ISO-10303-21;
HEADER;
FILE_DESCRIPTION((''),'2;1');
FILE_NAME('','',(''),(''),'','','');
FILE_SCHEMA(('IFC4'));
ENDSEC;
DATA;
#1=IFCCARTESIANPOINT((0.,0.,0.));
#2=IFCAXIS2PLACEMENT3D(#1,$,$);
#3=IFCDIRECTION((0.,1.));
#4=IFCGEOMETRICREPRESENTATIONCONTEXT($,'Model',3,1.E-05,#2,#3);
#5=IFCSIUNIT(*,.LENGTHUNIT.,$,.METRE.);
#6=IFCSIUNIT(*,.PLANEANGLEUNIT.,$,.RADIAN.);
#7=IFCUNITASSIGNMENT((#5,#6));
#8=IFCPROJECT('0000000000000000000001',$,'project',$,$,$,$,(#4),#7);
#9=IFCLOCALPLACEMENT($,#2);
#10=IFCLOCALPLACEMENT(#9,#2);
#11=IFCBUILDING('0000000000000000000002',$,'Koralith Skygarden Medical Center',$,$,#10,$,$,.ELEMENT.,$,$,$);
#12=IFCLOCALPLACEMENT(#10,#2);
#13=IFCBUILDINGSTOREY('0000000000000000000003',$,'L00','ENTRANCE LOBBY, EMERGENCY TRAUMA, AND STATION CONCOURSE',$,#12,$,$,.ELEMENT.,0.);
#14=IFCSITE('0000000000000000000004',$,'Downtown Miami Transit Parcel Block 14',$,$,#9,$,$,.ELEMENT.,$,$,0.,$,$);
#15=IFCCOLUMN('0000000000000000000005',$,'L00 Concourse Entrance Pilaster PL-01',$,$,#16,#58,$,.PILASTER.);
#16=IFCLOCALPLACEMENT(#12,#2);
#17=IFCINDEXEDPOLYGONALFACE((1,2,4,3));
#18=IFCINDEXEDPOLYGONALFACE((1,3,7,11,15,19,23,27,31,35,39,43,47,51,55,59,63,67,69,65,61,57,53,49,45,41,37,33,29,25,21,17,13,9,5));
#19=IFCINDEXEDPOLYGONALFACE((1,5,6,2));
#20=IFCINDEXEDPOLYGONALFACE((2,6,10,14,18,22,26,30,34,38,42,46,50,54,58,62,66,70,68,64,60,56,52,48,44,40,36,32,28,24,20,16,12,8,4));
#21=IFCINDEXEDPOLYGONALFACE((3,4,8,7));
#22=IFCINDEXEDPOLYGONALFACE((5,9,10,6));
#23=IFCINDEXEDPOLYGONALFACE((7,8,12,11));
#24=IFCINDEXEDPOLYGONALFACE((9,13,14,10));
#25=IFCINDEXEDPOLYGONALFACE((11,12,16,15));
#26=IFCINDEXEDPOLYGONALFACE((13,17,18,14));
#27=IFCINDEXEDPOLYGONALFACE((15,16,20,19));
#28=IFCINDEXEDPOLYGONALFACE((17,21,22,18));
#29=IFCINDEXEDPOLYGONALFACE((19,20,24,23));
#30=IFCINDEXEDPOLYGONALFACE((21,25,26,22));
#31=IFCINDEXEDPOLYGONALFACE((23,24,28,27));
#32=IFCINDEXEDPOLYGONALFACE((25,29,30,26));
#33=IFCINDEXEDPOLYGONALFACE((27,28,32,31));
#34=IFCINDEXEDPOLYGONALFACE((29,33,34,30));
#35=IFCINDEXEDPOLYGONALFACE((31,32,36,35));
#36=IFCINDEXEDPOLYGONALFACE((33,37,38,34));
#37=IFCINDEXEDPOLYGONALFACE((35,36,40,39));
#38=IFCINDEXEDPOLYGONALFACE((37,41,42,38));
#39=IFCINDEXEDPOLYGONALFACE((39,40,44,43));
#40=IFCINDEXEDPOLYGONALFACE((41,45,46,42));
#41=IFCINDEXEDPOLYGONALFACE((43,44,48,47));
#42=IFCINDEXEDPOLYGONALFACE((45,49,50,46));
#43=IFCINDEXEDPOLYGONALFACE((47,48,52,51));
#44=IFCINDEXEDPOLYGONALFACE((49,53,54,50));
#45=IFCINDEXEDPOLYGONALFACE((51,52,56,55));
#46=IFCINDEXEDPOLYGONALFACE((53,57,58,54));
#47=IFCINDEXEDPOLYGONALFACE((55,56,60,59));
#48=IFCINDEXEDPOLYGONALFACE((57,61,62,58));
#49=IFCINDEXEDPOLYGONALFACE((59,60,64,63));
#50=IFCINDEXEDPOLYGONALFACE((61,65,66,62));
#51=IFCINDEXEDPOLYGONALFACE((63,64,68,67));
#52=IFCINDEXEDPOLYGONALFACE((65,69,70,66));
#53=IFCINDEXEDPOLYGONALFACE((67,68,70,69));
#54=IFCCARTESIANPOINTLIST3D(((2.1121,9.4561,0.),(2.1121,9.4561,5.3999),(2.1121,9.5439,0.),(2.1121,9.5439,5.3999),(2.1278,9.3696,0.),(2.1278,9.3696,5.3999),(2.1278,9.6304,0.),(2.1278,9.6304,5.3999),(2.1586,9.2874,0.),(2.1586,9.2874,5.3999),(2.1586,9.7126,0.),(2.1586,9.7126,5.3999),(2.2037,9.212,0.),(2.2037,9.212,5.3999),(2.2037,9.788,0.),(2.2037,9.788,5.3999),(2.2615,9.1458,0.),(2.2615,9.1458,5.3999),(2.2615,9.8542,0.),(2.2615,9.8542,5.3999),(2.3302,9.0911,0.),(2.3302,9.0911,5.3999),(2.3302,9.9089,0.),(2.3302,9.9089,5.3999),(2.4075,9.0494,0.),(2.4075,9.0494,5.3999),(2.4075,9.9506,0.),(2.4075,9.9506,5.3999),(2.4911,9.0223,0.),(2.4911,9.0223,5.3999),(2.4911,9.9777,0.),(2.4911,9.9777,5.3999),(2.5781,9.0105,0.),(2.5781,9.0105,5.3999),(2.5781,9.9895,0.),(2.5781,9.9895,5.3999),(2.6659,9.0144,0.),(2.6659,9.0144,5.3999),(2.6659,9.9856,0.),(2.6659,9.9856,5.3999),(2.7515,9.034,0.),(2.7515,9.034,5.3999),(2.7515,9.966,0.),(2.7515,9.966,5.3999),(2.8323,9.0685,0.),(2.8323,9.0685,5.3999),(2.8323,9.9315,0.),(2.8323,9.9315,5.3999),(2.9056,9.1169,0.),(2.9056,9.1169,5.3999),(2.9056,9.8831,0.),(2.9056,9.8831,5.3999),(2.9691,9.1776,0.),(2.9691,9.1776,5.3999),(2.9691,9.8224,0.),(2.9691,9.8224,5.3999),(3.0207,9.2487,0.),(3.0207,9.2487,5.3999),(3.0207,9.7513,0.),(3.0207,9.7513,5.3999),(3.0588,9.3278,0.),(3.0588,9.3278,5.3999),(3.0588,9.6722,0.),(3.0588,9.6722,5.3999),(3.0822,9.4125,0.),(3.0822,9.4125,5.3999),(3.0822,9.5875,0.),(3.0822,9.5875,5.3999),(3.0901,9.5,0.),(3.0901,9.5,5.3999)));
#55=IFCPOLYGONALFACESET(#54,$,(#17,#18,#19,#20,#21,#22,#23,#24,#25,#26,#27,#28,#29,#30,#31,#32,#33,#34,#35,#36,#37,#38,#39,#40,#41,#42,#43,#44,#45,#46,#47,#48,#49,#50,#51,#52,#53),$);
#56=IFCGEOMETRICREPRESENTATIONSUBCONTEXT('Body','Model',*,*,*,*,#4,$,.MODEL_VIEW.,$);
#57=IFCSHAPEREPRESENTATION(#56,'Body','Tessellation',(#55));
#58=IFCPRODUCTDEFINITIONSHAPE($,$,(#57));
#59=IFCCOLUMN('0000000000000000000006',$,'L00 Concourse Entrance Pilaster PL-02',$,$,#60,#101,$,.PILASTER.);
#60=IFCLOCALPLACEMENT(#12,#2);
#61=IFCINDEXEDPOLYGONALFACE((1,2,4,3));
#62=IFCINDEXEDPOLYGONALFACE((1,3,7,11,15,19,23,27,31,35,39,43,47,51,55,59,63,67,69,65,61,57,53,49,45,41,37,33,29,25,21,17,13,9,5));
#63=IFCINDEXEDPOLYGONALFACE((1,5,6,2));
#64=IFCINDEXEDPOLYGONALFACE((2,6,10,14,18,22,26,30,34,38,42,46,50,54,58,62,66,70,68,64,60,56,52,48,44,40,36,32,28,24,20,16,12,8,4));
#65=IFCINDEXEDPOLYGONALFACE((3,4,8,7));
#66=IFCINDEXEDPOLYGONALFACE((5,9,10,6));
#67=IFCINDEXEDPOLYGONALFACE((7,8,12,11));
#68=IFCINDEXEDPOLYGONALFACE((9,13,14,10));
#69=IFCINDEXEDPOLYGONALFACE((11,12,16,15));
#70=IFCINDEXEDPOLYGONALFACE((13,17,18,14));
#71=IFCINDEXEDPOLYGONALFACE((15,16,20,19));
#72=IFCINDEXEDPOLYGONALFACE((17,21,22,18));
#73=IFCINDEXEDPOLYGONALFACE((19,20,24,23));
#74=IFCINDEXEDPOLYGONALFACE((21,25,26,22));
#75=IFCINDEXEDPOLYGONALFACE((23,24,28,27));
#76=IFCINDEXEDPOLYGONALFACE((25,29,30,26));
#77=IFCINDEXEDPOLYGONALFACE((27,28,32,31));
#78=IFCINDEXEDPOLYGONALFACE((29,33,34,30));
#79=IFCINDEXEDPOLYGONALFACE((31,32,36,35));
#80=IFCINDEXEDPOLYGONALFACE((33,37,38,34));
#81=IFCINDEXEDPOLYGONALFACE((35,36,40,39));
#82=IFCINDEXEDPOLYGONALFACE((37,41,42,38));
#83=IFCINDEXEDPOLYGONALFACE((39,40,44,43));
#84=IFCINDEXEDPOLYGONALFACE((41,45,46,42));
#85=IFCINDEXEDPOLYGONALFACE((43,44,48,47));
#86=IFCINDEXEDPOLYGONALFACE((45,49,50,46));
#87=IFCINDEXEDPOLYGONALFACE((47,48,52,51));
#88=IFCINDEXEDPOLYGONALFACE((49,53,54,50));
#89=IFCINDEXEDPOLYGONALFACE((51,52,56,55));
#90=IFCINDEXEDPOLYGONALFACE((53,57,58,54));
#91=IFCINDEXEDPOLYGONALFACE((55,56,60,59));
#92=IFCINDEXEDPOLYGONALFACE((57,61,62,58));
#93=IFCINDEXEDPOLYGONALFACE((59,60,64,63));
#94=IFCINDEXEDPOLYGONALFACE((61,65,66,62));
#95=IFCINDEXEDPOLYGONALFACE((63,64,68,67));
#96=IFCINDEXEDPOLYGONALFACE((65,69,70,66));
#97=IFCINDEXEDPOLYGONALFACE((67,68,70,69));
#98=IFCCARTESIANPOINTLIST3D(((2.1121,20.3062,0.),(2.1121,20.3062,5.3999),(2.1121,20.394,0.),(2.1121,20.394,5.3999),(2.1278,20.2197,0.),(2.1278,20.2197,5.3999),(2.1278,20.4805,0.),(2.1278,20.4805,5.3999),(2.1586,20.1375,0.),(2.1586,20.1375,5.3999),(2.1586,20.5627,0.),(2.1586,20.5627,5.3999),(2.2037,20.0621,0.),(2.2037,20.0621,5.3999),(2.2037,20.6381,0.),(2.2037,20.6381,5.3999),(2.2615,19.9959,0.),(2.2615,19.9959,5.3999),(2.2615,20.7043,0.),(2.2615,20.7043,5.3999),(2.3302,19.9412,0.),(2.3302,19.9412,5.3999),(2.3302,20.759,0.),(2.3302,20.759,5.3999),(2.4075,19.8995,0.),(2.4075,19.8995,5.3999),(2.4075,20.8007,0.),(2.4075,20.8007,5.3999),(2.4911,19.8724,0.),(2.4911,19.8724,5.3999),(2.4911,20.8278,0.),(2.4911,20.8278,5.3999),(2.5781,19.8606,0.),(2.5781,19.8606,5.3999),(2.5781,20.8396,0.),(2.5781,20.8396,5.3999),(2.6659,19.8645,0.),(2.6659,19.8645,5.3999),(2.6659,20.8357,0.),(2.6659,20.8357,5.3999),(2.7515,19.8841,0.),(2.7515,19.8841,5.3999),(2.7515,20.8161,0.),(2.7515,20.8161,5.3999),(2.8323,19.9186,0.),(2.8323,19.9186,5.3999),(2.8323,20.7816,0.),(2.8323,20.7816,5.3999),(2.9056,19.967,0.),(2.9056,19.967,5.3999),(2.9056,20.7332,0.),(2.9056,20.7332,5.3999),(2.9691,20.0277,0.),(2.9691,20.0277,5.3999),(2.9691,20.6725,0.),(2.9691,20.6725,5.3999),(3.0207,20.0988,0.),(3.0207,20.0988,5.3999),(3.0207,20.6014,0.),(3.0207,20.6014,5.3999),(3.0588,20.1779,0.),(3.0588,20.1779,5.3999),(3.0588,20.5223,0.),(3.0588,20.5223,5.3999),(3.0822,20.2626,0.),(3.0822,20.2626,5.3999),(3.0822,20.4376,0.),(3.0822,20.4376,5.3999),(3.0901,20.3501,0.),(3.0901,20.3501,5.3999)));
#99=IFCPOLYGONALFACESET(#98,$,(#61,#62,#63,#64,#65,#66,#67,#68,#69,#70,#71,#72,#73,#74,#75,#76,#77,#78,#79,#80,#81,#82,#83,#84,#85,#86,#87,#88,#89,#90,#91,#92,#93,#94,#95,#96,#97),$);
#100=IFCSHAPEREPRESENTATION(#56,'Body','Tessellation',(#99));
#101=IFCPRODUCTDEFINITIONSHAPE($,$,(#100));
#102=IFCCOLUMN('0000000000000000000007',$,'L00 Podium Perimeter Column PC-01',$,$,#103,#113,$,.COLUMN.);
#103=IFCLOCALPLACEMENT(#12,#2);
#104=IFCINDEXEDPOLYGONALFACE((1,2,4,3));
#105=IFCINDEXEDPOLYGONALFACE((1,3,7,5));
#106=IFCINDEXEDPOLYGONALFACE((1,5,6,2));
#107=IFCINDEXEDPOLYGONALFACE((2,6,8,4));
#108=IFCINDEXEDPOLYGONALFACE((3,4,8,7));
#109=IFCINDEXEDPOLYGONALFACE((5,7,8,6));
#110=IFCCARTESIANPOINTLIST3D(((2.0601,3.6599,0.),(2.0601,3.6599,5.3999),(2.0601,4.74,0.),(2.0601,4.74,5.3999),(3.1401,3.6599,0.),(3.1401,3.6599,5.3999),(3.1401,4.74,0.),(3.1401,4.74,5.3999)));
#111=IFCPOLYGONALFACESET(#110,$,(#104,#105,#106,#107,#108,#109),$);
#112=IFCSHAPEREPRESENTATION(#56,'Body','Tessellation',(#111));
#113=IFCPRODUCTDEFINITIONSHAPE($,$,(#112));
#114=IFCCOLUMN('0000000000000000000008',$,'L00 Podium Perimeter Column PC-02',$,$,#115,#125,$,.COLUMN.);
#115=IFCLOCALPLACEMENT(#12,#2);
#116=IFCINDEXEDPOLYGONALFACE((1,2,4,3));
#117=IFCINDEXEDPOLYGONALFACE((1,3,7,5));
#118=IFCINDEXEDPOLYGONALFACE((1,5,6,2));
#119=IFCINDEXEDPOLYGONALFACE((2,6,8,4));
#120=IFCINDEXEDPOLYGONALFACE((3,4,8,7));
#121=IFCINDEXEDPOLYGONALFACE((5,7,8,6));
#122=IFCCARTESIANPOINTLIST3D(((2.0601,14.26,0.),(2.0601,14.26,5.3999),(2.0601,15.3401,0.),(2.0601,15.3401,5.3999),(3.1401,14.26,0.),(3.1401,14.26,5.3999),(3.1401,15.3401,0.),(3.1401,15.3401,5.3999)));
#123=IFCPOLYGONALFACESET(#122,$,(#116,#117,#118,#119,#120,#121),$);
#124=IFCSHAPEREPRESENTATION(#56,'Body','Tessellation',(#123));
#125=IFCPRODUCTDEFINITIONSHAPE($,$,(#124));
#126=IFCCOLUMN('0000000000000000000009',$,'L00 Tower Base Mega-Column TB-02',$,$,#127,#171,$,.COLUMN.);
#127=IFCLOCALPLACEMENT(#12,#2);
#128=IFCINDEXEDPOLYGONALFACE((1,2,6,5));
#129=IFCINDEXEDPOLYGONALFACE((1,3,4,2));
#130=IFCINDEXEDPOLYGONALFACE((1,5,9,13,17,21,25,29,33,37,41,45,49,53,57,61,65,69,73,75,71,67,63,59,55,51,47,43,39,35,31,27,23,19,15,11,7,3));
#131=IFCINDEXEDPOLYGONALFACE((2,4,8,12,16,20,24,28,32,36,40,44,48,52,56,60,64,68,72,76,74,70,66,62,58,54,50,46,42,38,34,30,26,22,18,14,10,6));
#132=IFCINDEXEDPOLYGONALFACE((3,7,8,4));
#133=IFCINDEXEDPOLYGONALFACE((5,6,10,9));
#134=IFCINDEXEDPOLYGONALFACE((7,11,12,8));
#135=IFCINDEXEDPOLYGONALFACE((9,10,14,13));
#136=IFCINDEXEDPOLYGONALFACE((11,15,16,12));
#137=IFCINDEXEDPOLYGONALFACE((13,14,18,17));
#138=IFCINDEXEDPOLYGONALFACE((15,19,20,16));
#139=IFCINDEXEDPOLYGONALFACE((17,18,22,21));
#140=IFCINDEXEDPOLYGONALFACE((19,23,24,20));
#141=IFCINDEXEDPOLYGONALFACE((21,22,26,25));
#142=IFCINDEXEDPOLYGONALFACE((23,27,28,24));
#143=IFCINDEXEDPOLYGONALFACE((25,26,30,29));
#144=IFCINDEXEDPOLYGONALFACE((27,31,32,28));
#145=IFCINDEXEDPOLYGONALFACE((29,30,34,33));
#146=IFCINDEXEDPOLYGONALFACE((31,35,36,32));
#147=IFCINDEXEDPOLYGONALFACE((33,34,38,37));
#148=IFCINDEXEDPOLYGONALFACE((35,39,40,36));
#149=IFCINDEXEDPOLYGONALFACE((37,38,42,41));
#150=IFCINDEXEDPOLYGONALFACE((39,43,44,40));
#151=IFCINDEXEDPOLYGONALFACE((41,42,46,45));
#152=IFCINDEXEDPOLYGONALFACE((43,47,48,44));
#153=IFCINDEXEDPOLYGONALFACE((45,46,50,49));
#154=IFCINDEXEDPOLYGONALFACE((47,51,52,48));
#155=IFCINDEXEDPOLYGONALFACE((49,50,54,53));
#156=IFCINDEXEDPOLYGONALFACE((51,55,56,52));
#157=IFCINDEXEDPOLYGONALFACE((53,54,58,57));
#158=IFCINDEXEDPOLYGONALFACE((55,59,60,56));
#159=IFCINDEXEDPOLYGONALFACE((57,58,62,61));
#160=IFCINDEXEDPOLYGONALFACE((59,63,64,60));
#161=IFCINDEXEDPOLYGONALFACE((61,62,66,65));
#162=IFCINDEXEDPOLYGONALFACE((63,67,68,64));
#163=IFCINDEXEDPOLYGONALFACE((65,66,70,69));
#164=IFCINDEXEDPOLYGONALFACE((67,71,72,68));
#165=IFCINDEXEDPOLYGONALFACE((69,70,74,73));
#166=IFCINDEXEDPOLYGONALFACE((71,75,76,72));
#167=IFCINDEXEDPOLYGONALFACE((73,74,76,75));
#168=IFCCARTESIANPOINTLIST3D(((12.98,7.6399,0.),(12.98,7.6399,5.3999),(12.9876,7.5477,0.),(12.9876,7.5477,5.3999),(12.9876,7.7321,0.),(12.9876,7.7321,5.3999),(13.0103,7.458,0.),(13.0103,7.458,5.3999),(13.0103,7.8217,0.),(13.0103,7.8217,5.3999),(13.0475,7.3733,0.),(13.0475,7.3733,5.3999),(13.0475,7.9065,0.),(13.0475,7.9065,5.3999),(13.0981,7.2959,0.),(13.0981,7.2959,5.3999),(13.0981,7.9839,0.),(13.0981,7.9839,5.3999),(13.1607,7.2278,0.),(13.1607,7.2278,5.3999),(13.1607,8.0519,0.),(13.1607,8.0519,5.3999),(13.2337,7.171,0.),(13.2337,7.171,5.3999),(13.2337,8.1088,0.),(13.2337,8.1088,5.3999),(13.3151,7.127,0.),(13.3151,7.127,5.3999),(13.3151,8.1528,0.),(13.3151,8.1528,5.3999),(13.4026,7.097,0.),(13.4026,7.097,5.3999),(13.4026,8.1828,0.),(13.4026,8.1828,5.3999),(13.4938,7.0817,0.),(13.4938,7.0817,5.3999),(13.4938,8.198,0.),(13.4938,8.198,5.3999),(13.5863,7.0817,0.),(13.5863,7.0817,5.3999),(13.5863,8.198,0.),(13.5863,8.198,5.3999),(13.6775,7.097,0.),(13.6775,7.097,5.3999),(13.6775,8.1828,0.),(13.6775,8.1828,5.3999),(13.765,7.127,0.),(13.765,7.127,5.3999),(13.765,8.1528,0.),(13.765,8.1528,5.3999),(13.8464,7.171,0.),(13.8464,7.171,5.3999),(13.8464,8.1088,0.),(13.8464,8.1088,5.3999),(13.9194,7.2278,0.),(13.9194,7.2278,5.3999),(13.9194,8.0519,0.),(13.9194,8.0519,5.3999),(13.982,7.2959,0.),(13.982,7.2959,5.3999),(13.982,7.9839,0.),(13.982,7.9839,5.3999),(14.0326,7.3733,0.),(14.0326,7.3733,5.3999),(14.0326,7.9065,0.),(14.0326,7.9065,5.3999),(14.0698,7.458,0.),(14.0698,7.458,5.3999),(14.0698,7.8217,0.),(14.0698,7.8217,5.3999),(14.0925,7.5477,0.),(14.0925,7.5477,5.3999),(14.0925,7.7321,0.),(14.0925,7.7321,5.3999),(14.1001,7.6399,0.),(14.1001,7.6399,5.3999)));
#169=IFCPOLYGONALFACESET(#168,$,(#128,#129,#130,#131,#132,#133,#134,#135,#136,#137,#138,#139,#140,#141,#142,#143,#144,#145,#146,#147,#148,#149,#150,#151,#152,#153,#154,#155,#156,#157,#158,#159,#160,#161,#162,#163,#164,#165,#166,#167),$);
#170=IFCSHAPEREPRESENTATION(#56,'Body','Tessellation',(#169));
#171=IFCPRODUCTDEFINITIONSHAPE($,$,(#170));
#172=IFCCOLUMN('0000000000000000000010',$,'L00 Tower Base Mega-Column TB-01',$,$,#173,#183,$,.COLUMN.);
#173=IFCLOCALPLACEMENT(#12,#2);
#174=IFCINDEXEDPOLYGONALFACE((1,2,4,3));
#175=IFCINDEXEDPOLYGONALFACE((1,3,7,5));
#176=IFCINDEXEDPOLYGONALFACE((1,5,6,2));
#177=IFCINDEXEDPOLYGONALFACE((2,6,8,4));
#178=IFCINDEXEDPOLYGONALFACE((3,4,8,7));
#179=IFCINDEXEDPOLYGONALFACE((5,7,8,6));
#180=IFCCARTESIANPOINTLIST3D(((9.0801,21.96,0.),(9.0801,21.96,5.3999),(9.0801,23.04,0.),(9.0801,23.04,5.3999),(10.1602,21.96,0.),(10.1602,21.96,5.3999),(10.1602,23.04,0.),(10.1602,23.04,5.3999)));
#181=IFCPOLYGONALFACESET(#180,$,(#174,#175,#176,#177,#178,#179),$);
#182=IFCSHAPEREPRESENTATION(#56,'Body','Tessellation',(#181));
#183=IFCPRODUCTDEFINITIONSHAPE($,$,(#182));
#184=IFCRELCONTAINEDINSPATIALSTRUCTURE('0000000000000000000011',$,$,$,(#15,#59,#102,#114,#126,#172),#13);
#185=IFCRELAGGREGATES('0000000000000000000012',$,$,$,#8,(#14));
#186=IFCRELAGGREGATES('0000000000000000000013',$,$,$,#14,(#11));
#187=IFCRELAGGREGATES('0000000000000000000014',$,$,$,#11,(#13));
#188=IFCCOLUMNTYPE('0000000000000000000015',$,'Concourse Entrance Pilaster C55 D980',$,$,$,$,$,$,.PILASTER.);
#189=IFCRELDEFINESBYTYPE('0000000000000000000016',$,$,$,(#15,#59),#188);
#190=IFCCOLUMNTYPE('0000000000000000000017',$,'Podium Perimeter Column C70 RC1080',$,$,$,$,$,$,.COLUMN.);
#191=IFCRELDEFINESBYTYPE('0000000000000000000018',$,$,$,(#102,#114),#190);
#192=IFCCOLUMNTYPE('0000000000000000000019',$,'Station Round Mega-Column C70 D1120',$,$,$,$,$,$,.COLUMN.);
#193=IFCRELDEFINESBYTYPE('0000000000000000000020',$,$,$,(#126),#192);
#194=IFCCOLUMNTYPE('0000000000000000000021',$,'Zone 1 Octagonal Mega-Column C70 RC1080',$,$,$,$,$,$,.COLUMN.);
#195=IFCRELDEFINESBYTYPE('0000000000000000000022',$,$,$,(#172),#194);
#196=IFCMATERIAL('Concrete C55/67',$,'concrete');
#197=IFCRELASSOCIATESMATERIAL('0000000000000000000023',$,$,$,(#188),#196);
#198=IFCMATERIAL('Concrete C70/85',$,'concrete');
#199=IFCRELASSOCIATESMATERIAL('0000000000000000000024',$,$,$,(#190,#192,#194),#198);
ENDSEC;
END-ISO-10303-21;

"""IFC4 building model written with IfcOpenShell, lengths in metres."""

from ifc_helpers import new_model, si_unit, direction, frame, origin, origin_2d, place, context, subcontext, project, spatial, rectangle, circle, extrude, material, material_profile, profile_set, type_object, element, save


model = new_model("IFC4")

# Units and contexts
model_context = context("Model", 3, precision=1e-05, world=origin(), true_north=direction((0.0, 1.0)))
body_context = subcontext(model_context, "Body", "Model", "MODEL_VIEW")
ifc_project = project(units=[si_unit("LENGTHUNIT", "METRE"), si_unit("PLANEANGLEUNIT", "RADIAN")], contexts=[model_context])

# Site, building, storey
site_placement = place(None, origin())
site = spatial("IfcSite", under=ifc_project, at=site_placement, Name="Downtown Miami Transit Parcel Block 14", CompositionType="ELEMENT", RefElevation=0.0)
building_placement = place(site_placement, origin())
building = spatial("IfcBuilding", under=site, at=building_placement, Name="Koralith Skygarden Medical Center", CompositionType="ELEMENT")
storey_placement = place(building_placement, origin())
storey = spatial("IfcBuildingStorey", under=building, at=storey_placement, Name="L00", Description="ENTRANCE LOBBY, EMERGENCY TRAUMA, AND STATION CONCOURSE", CompositionType="ELEMENT", Elevation=0.0)

# Columns
ifc_material_1 = material(Name="Concrete C55/67", Category="concrete")
ifc_material_profile_1 = material_profile(ifc_material_1, circle(Radius=0.49, at=origin_2d()), Name="RCCOL980")
ifc_profile_set_1 = profile_set([ifc_material_profile_1], Name="Concrete C55/67")
column_type_1 = type_object("IfcColumnType", Name="Concourse Entrance Pilaster C55 D980", PredefinedType="PILASTER", material=ifc_profile_set_1)
for number, where, z_axis, x_axis, name in (
    (1, (2.6001, 9.5, 0.0), (0.0, 0.0, 1.0), (1.0, 0.0, 0.0), "L00 Concourse Entrance Pilaster PL-01"),
    (2, (2.6001, 20.3501, 0.0), (0.0, 0.0, 1.0), (1.0, 0.0, 0.0), "L00 Concourse Entrance Pilaster PL-02"),
):
    element("IfcColumn", number, at=place(storey_placement, frame(where, z_axis=z_axis, x_axis=x_axis)), inside=storey, type_object=column_type_1, Name=name, PredefinedType="PILASTER", context=body_context, shape_type="SweptSolid", body=[
        extrude(circle(Radius=0.49, at=origin_2d()), origin(), (0.0, 0.0, 1.0), 5.3999),
    ])
ifc_material_2 = material(Name="Concrete C70/85", Category="concrete")
ifc_material_profile_2 = material_profile(ifc_material_2, rectangle(XDim=1.0801, YDim=1.0801, at=origin_2d()), Name="RC1080X1080")
ifc_profile_set_2 = profile_set([ifc_material_profile_2], Name="Concrete C70/85")
column_type_2 = type_object("IfcColumnType", Name="Podium Perimeter Column C70 RC1080", PredefinedType="COLUMN", material=ifc_profile_set_2)
for number, where, z_axis, x_axis, name in (
    (3, (2.6001, 4.2, 0.0), (0.0, 0.0, 1.0), (1.0, 0.0, 0.0), "L00 Podium Perimeter Column PC-01"),
    (4, (2.6001, 14.8, 0.0), (0.0, 0.0, 1.0), (1.0, 0.0, 0.0), "L00 Podium Perimeter Column PC-02"),
):
    element("IfcColumn", number, at=place(storey_placement, frame(where, z_axis=z_axis, x_axis=x_axis)), inside=storey, type_object=column_type_2, Name=name, PredefinedType="COLUMN", context=body_context, shape_type="SweptSolid", body=[
        extrude(rectangle(XDim=1.0801, YDim=1.0801, at=origin_2d()), origin(), (0.0, 0.0, 1.0), 5.3999),
    ])
ifc_material_profile_3 = material_profile(ifc_material_2, circle(Radius=0.5601, at=origin_2d()), Name="RCCOL1120")
ifc_profile_set_3 = profile_set([ifc_material_profile_3], Name="Concrete C70/85")
column_type_3 = type_object("IfcColumnType", Name="Station Round Mega-Column C70 D1120", PredefinedType="COLUMN", material=ifc_profile_set_3)
column_1_placement = place(storey_placement, frame((13.54, 7.6399, 0.0), z_axis=(0.0, 0.0, 1.0), x_axis=(1.0, 0.0, 0.0)))
element("IfcColumn", 5, at=column_1_placement, inside=storey, type_object=column_type_3, Name="L00 Tower Base Mega-Column TB-02", PredefinedType="COLUMN", context=body_context, shape_type="SweptSolid", body=[
    extrude(circle(Radius=0.5601, at=origin_2d()), origin(), (0.0, 0.0, 1.0), 5.3999),
])
ifc_material_profile_4 = material_profile(ifc_material_2, rectangle(XDim=1.0801, YDim=1.0801, at=origin_2d()), Name="RC1080X1080")
ifc_profile_set_4 = profile_set([ifc_material_profile_4], Name="Concrete C70/85")
column_type_4 = type_object("IfcColumnType", Name="Zone 1 Octagonal Mega-Column C70 RC1080", PredefinedType="COLUMN", material=ifc_profile_set_4)
column_2_placement = place(storey_placement, frame((9.6201, 22.5, 0.0), z_axis=(0.0, 0.0, 1.0), x_axis=(1.0, 0.0, 0.0)))
element("IfcColumn", 6, at=column_2_placement, inside=storey, type_object=column_type_4, Name="L00 Tower Base Mega-Column TB-01", PredefinedType="COLUMN", context=body_context, shape_type="SweptSolid", body=[
    extrude(rectangle(XDim=1.0801, YDim=1.0801, at=origin_2d()), origin(), (0.0, 0.0, 1.0), 5.3999),
])

save(model, "model.ifc")
